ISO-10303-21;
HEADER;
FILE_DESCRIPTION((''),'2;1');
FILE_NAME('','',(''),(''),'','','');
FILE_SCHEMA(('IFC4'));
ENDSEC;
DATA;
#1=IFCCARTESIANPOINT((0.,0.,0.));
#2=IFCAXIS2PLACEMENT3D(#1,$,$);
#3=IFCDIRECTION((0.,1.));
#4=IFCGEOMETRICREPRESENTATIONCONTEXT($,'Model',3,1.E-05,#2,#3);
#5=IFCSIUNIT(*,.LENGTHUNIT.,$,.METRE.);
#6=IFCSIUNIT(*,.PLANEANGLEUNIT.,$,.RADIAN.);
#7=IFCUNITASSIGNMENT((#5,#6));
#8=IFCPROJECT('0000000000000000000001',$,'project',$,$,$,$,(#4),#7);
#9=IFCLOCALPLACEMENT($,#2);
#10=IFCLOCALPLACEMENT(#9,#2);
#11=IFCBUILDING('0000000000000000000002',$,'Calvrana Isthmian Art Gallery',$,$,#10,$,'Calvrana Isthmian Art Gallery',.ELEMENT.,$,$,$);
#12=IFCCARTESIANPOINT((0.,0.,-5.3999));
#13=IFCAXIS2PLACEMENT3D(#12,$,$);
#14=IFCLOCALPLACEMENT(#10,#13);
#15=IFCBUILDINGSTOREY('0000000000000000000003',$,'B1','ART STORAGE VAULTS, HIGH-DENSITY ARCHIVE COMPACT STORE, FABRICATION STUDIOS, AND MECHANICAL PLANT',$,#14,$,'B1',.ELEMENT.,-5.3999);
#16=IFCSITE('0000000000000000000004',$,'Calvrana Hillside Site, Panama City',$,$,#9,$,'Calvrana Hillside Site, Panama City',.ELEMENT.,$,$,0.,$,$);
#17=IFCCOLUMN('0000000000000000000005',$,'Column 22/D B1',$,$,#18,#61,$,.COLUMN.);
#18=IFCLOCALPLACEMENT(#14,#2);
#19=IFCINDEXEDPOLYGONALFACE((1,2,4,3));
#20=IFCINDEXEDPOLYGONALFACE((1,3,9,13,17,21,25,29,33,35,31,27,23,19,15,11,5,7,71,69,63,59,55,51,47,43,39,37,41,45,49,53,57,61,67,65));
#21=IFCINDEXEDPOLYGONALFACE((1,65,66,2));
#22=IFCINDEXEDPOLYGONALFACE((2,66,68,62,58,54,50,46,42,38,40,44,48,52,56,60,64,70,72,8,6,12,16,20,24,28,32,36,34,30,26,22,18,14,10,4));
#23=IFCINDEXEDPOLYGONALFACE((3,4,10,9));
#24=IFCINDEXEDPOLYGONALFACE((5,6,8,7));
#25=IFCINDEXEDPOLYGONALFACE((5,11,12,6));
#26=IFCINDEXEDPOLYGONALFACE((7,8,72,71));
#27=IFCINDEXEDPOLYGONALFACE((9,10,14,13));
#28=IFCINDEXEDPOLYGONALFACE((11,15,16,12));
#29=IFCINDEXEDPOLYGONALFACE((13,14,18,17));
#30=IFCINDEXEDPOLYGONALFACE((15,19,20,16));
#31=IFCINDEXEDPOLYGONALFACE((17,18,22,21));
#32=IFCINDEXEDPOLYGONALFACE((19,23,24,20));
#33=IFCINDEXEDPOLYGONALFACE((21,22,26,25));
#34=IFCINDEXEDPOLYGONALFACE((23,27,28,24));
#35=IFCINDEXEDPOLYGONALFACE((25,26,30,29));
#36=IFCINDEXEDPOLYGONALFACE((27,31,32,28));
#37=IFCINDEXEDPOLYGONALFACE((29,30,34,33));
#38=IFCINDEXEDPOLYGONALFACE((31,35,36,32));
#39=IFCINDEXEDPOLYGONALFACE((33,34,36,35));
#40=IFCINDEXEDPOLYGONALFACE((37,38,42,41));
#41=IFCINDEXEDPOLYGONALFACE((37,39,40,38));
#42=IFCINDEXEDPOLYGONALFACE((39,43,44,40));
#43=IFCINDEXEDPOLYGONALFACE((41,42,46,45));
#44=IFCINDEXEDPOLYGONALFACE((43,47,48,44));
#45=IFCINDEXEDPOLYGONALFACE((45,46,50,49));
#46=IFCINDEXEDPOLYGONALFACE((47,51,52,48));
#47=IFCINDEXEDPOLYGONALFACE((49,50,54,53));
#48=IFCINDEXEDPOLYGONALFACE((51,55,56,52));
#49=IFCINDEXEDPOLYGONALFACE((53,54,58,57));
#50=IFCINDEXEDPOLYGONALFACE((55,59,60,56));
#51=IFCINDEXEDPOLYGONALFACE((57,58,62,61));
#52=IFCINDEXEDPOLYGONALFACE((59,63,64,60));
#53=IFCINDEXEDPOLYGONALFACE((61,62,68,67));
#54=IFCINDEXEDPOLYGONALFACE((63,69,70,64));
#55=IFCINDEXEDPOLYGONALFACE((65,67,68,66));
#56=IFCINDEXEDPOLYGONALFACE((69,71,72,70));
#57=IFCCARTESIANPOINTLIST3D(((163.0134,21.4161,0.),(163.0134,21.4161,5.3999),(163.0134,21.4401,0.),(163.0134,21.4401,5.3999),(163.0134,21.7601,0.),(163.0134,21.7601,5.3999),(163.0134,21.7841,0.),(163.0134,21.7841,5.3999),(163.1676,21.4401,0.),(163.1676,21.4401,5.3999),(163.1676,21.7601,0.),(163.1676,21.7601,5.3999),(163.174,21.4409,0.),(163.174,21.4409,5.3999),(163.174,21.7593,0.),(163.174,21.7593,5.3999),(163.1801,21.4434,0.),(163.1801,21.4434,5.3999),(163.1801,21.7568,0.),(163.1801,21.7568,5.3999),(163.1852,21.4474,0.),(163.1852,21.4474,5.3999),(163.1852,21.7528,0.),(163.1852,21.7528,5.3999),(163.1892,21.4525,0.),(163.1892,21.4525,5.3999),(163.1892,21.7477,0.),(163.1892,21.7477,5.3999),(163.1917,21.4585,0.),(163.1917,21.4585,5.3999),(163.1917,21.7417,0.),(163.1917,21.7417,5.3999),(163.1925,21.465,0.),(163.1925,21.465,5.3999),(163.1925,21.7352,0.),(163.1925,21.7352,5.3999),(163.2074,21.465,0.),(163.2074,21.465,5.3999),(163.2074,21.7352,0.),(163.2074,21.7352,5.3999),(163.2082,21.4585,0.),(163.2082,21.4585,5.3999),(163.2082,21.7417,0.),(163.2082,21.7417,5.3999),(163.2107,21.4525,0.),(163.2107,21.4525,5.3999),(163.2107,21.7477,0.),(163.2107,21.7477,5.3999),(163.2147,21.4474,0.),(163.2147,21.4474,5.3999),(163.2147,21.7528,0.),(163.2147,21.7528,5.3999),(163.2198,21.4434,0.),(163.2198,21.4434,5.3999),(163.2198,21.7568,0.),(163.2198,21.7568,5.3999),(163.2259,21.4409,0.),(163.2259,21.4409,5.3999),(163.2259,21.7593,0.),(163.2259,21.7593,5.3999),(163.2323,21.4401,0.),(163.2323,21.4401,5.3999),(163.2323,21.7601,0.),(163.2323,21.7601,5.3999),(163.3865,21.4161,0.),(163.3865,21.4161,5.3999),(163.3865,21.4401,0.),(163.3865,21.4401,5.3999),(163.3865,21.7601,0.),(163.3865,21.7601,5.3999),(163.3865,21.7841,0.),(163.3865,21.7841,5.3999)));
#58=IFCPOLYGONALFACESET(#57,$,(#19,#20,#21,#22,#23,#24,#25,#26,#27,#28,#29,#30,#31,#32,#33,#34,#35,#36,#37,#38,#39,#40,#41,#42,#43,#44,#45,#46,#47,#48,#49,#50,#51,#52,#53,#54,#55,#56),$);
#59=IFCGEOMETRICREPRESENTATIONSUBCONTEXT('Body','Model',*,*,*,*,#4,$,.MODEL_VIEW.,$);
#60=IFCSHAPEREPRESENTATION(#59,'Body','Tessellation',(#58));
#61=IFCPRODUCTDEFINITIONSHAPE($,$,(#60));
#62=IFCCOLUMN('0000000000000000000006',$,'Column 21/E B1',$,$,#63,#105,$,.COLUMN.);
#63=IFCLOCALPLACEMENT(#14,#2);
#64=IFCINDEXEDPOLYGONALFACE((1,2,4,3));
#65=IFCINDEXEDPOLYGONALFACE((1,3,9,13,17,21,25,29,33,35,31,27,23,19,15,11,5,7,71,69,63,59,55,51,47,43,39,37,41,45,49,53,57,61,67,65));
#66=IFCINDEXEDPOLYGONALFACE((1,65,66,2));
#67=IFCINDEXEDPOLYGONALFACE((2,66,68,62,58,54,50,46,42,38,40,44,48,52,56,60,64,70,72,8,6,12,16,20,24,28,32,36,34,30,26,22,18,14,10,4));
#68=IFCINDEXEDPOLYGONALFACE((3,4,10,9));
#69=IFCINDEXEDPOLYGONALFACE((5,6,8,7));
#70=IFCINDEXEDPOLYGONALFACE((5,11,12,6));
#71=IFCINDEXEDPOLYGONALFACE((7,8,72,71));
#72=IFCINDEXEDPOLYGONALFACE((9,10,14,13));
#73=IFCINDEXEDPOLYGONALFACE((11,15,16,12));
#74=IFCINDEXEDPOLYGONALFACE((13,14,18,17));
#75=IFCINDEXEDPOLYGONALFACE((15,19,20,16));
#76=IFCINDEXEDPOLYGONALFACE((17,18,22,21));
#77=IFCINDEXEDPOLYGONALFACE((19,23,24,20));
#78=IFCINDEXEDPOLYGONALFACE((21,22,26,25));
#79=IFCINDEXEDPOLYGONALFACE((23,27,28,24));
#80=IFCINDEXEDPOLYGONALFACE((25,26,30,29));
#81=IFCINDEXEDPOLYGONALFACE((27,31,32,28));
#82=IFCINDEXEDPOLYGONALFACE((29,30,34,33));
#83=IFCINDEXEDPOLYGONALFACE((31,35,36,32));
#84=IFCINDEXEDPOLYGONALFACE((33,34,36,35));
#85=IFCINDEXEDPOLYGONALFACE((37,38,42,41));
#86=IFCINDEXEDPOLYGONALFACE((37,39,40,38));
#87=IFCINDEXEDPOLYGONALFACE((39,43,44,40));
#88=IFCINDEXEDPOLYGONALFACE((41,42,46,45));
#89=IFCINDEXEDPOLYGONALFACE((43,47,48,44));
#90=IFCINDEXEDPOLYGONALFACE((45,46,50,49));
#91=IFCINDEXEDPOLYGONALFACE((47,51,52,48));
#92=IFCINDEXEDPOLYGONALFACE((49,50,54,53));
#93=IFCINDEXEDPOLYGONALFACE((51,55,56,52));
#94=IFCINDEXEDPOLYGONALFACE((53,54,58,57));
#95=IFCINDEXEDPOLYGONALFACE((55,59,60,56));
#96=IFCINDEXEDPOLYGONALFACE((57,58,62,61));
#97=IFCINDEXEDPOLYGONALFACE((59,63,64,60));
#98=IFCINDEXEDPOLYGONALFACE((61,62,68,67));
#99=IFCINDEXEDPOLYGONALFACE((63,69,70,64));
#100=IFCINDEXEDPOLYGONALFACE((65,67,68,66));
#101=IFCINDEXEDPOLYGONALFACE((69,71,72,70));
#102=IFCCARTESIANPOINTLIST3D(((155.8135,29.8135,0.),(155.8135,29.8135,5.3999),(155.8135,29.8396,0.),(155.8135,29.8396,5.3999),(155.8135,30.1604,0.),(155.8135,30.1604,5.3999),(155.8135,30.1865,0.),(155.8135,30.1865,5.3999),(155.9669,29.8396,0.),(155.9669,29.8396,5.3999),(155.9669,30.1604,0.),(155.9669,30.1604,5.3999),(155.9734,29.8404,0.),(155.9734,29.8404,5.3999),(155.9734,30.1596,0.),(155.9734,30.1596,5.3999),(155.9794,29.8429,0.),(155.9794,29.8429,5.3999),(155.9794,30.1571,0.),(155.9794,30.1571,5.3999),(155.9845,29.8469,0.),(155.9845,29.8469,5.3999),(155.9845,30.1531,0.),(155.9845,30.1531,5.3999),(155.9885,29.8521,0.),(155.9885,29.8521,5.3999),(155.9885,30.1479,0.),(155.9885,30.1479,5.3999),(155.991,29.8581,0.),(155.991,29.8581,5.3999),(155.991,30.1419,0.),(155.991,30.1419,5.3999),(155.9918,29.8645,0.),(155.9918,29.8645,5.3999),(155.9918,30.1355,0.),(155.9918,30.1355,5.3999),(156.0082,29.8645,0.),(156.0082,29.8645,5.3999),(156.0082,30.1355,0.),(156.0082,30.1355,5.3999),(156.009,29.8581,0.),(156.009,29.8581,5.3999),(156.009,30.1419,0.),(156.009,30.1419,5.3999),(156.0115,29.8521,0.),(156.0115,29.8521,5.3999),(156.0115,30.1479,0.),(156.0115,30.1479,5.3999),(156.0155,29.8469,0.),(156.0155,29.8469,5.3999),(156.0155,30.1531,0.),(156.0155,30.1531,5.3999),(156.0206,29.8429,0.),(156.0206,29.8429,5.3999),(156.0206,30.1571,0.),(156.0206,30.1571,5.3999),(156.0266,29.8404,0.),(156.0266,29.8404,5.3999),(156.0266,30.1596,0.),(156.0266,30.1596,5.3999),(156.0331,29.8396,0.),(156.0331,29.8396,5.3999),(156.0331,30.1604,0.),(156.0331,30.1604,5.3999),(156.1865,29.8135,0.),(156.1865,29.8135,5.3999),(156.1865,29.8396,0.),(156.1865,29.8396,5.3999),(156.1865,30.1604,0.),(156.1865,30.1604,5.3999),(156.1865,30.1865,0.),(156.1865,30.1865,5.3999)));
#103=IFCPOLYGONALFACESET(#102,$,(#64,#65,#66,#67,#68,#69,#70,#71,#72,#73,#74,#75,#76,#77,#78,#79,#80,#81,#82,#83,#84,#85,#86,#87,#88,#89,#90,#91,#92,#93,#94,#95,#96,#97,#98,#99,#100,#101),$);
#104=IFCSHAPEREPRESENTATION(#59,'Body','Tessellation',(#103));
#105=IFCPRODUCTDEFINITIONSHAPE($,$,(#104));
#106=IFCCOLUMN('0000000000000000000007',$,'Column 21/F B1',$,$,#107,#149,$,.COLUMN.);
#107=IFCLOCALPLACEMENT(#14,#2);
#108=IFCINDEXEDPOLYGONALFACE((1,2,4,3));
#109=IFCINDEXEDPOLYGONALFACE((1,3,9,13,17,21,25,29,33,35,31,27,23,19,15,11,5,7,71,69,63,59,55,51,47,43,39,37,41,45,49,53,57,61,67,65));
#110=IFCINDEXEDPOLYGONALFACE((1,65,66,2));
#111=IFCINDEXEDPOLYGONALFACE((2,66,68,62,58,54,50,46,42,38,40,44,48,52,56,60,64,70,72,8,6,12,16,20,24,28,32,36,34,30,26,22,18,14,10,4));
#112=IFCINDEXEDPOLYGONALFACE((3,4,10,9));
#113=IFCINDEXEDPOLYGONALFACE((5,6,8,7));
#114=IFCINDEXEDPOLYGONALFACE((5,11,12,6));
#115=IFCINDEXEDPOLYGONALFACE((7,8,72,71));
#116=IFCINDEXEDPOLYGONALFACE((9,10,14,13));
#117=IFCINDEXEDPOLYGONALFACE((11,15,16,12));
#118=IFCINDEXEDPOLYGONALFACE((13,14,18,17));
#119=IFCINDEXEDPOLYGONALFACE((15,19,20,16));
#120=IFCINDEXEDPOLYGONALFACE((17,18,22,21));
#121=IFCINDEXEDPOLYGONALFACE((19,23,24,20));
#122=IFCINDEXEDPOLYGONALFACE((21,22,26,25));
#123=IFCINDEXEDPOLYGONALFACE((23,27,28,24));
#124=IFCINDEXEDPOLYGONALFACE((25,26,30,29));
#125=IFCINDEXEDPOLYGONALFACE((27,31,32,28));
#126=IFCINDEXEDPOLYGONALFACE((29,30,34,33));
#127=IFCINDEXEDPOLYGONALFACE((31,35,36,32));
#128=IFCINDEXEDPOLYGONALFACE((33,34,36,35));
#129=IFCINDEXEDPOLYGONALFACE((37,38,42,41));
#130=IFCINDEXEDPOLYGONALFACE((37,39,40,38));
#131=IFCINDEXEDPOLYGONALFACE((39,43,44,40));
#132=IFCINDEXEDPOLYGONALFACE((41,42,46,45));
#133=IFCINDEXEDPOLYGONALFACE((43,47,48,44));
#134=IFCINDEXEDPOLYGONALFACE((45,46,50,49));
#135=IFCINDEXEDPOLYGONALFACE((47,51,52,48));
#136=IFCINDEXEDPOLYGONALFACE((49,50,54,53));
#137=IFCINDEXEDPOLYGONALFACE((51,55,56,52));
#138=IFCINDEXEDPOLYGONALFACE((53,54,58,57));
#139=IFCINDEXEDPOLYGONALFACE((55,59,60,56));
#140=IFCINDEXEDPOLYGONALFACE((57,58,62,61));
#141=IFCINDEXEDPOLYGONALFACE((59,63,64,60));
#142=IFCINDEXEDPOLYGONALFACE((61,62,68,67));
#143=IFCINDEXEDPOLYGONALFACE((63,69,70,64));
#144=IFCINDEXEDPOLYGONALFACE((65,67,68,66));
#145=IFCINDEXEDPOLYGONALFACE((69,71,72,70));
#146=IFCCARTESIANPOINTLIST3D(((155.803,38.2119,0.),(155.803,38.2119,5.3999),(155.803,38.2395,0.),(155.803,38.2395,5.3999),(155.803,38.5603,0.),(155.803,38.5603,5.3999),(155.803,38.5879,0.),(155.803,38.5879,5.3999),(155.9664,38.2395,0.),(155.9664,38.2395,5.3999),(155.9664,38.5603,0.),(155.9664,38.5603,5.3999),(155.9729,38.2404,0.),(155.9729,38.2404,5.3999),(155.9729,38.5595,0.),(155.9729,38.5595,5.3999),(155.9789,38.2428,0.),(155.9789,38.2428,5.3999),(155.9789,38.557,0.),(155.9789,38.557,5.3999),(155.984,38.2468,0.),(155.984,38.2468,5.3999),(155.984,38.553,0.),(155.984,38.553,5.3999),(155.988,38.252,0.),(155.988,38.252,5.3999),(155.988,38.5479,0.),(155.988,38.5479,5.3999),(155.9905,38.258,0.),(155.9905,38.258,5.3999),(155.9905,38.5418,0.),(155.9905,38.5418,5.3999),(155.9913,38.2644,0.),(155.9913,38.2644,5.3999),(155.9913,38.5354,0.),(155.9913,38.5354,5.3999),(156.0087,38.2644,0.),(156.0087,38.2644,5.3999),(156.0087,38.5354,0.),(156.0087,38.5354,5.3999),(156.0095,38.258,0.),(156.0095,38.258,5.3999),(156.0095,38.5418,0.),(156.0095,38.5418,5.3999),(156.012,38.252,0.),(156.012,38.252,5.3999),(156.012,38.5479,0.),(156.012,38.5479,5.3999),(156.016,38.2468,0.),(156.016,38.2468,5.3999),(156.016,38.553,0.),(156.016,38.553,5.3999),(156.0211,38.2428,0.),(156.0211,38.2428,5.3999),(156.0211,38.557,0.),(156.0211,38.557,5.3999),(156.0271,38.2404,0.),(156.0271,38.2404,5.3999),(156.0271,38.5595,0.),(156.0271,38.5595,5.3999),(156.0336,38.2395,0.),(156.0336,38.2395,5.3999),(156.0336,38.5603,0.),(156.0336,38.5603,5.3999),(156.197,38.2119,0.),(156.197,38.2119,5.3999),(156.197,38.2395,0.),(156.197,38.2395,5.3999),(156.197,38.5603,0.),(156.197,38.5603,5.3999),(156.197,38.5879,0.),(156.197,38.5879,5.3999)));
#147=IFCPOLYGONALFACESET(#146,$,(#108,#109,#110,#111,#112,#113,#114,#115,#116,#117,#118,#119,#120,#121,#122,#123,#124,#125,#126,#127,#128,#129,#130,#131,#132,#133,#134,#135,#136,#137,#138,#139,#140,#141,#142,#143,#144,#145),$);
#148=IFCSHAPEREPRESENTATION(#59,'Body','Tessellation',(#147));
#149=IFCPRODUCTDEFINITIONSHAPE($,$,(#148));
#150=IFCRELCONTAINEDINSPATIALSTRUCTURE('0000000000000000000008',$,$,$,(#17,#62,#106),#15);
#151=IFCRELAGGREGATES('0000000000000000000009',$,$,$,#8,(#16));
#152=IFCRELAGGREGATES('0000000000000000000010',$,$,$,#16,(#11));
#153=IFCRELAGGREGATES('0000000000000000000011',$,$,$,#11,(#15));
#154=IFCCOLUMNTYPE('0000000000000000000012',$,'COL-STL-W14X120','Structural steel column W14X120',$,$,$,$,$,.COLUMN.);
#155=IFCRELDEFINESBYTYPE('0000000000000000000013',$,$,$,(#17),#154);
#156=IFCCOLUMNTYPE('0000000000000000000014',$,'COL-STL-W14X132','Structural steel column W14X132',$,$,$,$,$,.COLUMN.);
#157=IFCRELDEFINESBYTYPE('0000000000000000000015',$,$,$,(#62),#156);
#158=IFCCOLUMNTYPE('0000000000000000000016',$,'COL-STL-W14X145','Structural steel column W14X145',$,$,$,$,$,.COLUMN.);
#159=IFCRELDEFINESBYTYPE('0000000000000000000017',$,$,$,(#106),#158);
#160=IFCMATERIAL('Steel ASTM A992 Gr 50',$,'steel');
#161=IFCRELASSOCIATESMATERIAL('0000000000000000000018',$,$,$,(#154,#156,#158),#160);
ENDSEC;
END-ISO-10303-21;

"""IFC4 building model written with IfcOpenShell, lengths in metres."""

from ifc_helpers import new_model, si_unit, direction, frame, origin, origin_2d, place, context, subcontext, project, spatial, i_section, extrude, material, material_profile, profile_set, type_object, element, save


model = new_model("IFC4")

# Units and contexts
model_context = context("Model", 3, precision=1e-05, world=origin(), true_north=direction((0.0, 1.0)))
body_context = subcontext(model_context, "Body", "Model", "MODEL_VIEW")
ifc_project = project(units=[si_unit("LENGTHUNIT", "METRE"), si_unit("PLANEANGLEUNIT", "RADIAN")], contexts=[model_context])

# Site, building, storey
site_placement = place(None, origin())
site = spatial("IfcSite", under=ifc_project, at=site_placement, Name="Calvrana Hillside Site, Panama City", LongName="Calvrana Hillside Site, Panama City", CompositionType="ELEMENT", RefElevation=0.0)
building_placement = place(site_placement, origin())
building = spatial("IfcBuilding", under=site, at=building_placement, Name="Calvrana Isthmian Art Gallery", LongName="Calvrana Isthmian Art Gallery", CompositionType="ELEMENT")
storey_placement = place(building_placement, frame((0.0, 0.0, -5.3999)))
storey = spatial("IfcBuildingStorey", under=building, at=storey_placement, Name="B1", Description="ART STORAGE VAULTS, HIGH-DENSITY ARCHIVE COMPACT STORE, FABRICATION STUDIOS, AND MECHANICAL PLANT", LongName="B1", CompositionType="ELEMENT", Elevation=-5.3999)

# Columns
ifc_material_1 = material(Name="Steel ASTM A992 Gr 50", Category="steel")
ifc_material_profile_1 = material_profile(ifc_material_1, i_section(OverallWidth=0.373, OverallDepth=0.3679, WebThickness=0.0149, FlangeThickness=0.0239, FilletRadius=0.0249, at=origin_2d()), Name="W14X120")
ifc_profile_set_1 = profile_set([ifc_material_profile_1], Name="Steel ASTM A992 Gr 50")
column_type_1 = type_object("IfcColumnType", Name="COL-STL-W14X120", Description="Structural steel column W14X120", PredefinedType="COLUMN", material=ifc_profile_set_1)
column_1_placement = place(storey_placement, frame((163.2, 21.6001, 0.0), z_axis=(0.0, 0.0, 1.0), x_axis=(1.0, 0.0, 0.0)))
element("IfcColumn", 1, at=column_1_placement, inside=storey, type_object=column_type_1, Name="Column 22/D B1", PredefinedType="COLUMN", context=body_context, shape_type="SweptSolid", body=[
    extrude(i_section(OverallWidth=0.373, OverallDepth=0.3679, WebThickness=0.0149, FlangeThickness=0.0239, FilletRadius=0.0249, at=origin_2d()), origin(), (0.0, 0.0, 1.0), 5.3999),
])
ifc_material_profile_2 = material_profile(ifc_material_1, i_section(OverallWidth=0.373, OverallDepth=0.373, WebThickness=0.0164, FlangeThickness=0.0261, FilletRadius=0.0249, at=origin_2d()), Name="W14X132")
ifc_profile_set_2 = profile_set([ifc_material_profile_2], Name="Steel ASTM A992 Gr 50")
column_type_2 = type_object("IfcColumnType", Name="COL-STL-W14X132", Description="Structural steel column W14X132", PredefinedType="COLUMN", material=ifc_profile_set_2)
column_2_placement = place(storey_placement, frame((156.0, 30.0, 0.0), z_axis=(0.0, 0.0, 1.0), x_axis=(1.0, 0.0, 0.0)))
element("IfcColumn", 2, at=column_2_placement, inside=storey, type_object=column_type_2, Name="Column 21/E B1", PredefinedType="COLUMN", context=body_context, shape_type="SweptSolid", body=[
    extrude(i_section(OverallWidth=0.373, OverallDepth=0.373, WebThickness=0.0164, FlangeThickness=0.0261, FilletRadius=0.0249, at=origin_2d()), origin(), (0.0, 0.0, 1.0), 5.3999),
])
ifc_material_profile_3 = material_profile(ifc_material_1, i_section(OverallWidth=0.394, OverallDepth=0.376, WebThickness=0.0173, FlangeThickness=0.0276, FilletRadius=0.0249, at=origin_2d()), Name="W14X145")
ifc_profile_set_3 = profile_set([ifc_material_profile_3], Name="Steel ASTM A992 Gr 50")
column_type_3 = type_object("IfcColumnType", Name="COL-STL-W14X145", Description="Structural steel column W14X145", PredefinedType="COLUMN", material=ifc_profile_set_3)
column_3_placement = place(storey_placement, frame((156.0, 38.3999, 0.0), z_axis=(0.0, 0.0, 1.0), x_axis=(1.0, 0.0, 0.0)))
element("IfcColumn", 3, at=column_3_placement, inside=storey, type_object=column_type_3, Name="Column 21/F B1", PredefinedType="COLUMN", context=body_context, shape_type="SweptSolid", body=[
    extrude(i_section(OverallWidth=0.394, OverallDepth=0.376, WebThickness=0.0173, FlangeThickness=0.0276, FilletRadius=0.0249, at=origin_2d()), origin(), (0.0, 0.0, 1.0), 5.3999),
])

save(model, "model.ifc")
